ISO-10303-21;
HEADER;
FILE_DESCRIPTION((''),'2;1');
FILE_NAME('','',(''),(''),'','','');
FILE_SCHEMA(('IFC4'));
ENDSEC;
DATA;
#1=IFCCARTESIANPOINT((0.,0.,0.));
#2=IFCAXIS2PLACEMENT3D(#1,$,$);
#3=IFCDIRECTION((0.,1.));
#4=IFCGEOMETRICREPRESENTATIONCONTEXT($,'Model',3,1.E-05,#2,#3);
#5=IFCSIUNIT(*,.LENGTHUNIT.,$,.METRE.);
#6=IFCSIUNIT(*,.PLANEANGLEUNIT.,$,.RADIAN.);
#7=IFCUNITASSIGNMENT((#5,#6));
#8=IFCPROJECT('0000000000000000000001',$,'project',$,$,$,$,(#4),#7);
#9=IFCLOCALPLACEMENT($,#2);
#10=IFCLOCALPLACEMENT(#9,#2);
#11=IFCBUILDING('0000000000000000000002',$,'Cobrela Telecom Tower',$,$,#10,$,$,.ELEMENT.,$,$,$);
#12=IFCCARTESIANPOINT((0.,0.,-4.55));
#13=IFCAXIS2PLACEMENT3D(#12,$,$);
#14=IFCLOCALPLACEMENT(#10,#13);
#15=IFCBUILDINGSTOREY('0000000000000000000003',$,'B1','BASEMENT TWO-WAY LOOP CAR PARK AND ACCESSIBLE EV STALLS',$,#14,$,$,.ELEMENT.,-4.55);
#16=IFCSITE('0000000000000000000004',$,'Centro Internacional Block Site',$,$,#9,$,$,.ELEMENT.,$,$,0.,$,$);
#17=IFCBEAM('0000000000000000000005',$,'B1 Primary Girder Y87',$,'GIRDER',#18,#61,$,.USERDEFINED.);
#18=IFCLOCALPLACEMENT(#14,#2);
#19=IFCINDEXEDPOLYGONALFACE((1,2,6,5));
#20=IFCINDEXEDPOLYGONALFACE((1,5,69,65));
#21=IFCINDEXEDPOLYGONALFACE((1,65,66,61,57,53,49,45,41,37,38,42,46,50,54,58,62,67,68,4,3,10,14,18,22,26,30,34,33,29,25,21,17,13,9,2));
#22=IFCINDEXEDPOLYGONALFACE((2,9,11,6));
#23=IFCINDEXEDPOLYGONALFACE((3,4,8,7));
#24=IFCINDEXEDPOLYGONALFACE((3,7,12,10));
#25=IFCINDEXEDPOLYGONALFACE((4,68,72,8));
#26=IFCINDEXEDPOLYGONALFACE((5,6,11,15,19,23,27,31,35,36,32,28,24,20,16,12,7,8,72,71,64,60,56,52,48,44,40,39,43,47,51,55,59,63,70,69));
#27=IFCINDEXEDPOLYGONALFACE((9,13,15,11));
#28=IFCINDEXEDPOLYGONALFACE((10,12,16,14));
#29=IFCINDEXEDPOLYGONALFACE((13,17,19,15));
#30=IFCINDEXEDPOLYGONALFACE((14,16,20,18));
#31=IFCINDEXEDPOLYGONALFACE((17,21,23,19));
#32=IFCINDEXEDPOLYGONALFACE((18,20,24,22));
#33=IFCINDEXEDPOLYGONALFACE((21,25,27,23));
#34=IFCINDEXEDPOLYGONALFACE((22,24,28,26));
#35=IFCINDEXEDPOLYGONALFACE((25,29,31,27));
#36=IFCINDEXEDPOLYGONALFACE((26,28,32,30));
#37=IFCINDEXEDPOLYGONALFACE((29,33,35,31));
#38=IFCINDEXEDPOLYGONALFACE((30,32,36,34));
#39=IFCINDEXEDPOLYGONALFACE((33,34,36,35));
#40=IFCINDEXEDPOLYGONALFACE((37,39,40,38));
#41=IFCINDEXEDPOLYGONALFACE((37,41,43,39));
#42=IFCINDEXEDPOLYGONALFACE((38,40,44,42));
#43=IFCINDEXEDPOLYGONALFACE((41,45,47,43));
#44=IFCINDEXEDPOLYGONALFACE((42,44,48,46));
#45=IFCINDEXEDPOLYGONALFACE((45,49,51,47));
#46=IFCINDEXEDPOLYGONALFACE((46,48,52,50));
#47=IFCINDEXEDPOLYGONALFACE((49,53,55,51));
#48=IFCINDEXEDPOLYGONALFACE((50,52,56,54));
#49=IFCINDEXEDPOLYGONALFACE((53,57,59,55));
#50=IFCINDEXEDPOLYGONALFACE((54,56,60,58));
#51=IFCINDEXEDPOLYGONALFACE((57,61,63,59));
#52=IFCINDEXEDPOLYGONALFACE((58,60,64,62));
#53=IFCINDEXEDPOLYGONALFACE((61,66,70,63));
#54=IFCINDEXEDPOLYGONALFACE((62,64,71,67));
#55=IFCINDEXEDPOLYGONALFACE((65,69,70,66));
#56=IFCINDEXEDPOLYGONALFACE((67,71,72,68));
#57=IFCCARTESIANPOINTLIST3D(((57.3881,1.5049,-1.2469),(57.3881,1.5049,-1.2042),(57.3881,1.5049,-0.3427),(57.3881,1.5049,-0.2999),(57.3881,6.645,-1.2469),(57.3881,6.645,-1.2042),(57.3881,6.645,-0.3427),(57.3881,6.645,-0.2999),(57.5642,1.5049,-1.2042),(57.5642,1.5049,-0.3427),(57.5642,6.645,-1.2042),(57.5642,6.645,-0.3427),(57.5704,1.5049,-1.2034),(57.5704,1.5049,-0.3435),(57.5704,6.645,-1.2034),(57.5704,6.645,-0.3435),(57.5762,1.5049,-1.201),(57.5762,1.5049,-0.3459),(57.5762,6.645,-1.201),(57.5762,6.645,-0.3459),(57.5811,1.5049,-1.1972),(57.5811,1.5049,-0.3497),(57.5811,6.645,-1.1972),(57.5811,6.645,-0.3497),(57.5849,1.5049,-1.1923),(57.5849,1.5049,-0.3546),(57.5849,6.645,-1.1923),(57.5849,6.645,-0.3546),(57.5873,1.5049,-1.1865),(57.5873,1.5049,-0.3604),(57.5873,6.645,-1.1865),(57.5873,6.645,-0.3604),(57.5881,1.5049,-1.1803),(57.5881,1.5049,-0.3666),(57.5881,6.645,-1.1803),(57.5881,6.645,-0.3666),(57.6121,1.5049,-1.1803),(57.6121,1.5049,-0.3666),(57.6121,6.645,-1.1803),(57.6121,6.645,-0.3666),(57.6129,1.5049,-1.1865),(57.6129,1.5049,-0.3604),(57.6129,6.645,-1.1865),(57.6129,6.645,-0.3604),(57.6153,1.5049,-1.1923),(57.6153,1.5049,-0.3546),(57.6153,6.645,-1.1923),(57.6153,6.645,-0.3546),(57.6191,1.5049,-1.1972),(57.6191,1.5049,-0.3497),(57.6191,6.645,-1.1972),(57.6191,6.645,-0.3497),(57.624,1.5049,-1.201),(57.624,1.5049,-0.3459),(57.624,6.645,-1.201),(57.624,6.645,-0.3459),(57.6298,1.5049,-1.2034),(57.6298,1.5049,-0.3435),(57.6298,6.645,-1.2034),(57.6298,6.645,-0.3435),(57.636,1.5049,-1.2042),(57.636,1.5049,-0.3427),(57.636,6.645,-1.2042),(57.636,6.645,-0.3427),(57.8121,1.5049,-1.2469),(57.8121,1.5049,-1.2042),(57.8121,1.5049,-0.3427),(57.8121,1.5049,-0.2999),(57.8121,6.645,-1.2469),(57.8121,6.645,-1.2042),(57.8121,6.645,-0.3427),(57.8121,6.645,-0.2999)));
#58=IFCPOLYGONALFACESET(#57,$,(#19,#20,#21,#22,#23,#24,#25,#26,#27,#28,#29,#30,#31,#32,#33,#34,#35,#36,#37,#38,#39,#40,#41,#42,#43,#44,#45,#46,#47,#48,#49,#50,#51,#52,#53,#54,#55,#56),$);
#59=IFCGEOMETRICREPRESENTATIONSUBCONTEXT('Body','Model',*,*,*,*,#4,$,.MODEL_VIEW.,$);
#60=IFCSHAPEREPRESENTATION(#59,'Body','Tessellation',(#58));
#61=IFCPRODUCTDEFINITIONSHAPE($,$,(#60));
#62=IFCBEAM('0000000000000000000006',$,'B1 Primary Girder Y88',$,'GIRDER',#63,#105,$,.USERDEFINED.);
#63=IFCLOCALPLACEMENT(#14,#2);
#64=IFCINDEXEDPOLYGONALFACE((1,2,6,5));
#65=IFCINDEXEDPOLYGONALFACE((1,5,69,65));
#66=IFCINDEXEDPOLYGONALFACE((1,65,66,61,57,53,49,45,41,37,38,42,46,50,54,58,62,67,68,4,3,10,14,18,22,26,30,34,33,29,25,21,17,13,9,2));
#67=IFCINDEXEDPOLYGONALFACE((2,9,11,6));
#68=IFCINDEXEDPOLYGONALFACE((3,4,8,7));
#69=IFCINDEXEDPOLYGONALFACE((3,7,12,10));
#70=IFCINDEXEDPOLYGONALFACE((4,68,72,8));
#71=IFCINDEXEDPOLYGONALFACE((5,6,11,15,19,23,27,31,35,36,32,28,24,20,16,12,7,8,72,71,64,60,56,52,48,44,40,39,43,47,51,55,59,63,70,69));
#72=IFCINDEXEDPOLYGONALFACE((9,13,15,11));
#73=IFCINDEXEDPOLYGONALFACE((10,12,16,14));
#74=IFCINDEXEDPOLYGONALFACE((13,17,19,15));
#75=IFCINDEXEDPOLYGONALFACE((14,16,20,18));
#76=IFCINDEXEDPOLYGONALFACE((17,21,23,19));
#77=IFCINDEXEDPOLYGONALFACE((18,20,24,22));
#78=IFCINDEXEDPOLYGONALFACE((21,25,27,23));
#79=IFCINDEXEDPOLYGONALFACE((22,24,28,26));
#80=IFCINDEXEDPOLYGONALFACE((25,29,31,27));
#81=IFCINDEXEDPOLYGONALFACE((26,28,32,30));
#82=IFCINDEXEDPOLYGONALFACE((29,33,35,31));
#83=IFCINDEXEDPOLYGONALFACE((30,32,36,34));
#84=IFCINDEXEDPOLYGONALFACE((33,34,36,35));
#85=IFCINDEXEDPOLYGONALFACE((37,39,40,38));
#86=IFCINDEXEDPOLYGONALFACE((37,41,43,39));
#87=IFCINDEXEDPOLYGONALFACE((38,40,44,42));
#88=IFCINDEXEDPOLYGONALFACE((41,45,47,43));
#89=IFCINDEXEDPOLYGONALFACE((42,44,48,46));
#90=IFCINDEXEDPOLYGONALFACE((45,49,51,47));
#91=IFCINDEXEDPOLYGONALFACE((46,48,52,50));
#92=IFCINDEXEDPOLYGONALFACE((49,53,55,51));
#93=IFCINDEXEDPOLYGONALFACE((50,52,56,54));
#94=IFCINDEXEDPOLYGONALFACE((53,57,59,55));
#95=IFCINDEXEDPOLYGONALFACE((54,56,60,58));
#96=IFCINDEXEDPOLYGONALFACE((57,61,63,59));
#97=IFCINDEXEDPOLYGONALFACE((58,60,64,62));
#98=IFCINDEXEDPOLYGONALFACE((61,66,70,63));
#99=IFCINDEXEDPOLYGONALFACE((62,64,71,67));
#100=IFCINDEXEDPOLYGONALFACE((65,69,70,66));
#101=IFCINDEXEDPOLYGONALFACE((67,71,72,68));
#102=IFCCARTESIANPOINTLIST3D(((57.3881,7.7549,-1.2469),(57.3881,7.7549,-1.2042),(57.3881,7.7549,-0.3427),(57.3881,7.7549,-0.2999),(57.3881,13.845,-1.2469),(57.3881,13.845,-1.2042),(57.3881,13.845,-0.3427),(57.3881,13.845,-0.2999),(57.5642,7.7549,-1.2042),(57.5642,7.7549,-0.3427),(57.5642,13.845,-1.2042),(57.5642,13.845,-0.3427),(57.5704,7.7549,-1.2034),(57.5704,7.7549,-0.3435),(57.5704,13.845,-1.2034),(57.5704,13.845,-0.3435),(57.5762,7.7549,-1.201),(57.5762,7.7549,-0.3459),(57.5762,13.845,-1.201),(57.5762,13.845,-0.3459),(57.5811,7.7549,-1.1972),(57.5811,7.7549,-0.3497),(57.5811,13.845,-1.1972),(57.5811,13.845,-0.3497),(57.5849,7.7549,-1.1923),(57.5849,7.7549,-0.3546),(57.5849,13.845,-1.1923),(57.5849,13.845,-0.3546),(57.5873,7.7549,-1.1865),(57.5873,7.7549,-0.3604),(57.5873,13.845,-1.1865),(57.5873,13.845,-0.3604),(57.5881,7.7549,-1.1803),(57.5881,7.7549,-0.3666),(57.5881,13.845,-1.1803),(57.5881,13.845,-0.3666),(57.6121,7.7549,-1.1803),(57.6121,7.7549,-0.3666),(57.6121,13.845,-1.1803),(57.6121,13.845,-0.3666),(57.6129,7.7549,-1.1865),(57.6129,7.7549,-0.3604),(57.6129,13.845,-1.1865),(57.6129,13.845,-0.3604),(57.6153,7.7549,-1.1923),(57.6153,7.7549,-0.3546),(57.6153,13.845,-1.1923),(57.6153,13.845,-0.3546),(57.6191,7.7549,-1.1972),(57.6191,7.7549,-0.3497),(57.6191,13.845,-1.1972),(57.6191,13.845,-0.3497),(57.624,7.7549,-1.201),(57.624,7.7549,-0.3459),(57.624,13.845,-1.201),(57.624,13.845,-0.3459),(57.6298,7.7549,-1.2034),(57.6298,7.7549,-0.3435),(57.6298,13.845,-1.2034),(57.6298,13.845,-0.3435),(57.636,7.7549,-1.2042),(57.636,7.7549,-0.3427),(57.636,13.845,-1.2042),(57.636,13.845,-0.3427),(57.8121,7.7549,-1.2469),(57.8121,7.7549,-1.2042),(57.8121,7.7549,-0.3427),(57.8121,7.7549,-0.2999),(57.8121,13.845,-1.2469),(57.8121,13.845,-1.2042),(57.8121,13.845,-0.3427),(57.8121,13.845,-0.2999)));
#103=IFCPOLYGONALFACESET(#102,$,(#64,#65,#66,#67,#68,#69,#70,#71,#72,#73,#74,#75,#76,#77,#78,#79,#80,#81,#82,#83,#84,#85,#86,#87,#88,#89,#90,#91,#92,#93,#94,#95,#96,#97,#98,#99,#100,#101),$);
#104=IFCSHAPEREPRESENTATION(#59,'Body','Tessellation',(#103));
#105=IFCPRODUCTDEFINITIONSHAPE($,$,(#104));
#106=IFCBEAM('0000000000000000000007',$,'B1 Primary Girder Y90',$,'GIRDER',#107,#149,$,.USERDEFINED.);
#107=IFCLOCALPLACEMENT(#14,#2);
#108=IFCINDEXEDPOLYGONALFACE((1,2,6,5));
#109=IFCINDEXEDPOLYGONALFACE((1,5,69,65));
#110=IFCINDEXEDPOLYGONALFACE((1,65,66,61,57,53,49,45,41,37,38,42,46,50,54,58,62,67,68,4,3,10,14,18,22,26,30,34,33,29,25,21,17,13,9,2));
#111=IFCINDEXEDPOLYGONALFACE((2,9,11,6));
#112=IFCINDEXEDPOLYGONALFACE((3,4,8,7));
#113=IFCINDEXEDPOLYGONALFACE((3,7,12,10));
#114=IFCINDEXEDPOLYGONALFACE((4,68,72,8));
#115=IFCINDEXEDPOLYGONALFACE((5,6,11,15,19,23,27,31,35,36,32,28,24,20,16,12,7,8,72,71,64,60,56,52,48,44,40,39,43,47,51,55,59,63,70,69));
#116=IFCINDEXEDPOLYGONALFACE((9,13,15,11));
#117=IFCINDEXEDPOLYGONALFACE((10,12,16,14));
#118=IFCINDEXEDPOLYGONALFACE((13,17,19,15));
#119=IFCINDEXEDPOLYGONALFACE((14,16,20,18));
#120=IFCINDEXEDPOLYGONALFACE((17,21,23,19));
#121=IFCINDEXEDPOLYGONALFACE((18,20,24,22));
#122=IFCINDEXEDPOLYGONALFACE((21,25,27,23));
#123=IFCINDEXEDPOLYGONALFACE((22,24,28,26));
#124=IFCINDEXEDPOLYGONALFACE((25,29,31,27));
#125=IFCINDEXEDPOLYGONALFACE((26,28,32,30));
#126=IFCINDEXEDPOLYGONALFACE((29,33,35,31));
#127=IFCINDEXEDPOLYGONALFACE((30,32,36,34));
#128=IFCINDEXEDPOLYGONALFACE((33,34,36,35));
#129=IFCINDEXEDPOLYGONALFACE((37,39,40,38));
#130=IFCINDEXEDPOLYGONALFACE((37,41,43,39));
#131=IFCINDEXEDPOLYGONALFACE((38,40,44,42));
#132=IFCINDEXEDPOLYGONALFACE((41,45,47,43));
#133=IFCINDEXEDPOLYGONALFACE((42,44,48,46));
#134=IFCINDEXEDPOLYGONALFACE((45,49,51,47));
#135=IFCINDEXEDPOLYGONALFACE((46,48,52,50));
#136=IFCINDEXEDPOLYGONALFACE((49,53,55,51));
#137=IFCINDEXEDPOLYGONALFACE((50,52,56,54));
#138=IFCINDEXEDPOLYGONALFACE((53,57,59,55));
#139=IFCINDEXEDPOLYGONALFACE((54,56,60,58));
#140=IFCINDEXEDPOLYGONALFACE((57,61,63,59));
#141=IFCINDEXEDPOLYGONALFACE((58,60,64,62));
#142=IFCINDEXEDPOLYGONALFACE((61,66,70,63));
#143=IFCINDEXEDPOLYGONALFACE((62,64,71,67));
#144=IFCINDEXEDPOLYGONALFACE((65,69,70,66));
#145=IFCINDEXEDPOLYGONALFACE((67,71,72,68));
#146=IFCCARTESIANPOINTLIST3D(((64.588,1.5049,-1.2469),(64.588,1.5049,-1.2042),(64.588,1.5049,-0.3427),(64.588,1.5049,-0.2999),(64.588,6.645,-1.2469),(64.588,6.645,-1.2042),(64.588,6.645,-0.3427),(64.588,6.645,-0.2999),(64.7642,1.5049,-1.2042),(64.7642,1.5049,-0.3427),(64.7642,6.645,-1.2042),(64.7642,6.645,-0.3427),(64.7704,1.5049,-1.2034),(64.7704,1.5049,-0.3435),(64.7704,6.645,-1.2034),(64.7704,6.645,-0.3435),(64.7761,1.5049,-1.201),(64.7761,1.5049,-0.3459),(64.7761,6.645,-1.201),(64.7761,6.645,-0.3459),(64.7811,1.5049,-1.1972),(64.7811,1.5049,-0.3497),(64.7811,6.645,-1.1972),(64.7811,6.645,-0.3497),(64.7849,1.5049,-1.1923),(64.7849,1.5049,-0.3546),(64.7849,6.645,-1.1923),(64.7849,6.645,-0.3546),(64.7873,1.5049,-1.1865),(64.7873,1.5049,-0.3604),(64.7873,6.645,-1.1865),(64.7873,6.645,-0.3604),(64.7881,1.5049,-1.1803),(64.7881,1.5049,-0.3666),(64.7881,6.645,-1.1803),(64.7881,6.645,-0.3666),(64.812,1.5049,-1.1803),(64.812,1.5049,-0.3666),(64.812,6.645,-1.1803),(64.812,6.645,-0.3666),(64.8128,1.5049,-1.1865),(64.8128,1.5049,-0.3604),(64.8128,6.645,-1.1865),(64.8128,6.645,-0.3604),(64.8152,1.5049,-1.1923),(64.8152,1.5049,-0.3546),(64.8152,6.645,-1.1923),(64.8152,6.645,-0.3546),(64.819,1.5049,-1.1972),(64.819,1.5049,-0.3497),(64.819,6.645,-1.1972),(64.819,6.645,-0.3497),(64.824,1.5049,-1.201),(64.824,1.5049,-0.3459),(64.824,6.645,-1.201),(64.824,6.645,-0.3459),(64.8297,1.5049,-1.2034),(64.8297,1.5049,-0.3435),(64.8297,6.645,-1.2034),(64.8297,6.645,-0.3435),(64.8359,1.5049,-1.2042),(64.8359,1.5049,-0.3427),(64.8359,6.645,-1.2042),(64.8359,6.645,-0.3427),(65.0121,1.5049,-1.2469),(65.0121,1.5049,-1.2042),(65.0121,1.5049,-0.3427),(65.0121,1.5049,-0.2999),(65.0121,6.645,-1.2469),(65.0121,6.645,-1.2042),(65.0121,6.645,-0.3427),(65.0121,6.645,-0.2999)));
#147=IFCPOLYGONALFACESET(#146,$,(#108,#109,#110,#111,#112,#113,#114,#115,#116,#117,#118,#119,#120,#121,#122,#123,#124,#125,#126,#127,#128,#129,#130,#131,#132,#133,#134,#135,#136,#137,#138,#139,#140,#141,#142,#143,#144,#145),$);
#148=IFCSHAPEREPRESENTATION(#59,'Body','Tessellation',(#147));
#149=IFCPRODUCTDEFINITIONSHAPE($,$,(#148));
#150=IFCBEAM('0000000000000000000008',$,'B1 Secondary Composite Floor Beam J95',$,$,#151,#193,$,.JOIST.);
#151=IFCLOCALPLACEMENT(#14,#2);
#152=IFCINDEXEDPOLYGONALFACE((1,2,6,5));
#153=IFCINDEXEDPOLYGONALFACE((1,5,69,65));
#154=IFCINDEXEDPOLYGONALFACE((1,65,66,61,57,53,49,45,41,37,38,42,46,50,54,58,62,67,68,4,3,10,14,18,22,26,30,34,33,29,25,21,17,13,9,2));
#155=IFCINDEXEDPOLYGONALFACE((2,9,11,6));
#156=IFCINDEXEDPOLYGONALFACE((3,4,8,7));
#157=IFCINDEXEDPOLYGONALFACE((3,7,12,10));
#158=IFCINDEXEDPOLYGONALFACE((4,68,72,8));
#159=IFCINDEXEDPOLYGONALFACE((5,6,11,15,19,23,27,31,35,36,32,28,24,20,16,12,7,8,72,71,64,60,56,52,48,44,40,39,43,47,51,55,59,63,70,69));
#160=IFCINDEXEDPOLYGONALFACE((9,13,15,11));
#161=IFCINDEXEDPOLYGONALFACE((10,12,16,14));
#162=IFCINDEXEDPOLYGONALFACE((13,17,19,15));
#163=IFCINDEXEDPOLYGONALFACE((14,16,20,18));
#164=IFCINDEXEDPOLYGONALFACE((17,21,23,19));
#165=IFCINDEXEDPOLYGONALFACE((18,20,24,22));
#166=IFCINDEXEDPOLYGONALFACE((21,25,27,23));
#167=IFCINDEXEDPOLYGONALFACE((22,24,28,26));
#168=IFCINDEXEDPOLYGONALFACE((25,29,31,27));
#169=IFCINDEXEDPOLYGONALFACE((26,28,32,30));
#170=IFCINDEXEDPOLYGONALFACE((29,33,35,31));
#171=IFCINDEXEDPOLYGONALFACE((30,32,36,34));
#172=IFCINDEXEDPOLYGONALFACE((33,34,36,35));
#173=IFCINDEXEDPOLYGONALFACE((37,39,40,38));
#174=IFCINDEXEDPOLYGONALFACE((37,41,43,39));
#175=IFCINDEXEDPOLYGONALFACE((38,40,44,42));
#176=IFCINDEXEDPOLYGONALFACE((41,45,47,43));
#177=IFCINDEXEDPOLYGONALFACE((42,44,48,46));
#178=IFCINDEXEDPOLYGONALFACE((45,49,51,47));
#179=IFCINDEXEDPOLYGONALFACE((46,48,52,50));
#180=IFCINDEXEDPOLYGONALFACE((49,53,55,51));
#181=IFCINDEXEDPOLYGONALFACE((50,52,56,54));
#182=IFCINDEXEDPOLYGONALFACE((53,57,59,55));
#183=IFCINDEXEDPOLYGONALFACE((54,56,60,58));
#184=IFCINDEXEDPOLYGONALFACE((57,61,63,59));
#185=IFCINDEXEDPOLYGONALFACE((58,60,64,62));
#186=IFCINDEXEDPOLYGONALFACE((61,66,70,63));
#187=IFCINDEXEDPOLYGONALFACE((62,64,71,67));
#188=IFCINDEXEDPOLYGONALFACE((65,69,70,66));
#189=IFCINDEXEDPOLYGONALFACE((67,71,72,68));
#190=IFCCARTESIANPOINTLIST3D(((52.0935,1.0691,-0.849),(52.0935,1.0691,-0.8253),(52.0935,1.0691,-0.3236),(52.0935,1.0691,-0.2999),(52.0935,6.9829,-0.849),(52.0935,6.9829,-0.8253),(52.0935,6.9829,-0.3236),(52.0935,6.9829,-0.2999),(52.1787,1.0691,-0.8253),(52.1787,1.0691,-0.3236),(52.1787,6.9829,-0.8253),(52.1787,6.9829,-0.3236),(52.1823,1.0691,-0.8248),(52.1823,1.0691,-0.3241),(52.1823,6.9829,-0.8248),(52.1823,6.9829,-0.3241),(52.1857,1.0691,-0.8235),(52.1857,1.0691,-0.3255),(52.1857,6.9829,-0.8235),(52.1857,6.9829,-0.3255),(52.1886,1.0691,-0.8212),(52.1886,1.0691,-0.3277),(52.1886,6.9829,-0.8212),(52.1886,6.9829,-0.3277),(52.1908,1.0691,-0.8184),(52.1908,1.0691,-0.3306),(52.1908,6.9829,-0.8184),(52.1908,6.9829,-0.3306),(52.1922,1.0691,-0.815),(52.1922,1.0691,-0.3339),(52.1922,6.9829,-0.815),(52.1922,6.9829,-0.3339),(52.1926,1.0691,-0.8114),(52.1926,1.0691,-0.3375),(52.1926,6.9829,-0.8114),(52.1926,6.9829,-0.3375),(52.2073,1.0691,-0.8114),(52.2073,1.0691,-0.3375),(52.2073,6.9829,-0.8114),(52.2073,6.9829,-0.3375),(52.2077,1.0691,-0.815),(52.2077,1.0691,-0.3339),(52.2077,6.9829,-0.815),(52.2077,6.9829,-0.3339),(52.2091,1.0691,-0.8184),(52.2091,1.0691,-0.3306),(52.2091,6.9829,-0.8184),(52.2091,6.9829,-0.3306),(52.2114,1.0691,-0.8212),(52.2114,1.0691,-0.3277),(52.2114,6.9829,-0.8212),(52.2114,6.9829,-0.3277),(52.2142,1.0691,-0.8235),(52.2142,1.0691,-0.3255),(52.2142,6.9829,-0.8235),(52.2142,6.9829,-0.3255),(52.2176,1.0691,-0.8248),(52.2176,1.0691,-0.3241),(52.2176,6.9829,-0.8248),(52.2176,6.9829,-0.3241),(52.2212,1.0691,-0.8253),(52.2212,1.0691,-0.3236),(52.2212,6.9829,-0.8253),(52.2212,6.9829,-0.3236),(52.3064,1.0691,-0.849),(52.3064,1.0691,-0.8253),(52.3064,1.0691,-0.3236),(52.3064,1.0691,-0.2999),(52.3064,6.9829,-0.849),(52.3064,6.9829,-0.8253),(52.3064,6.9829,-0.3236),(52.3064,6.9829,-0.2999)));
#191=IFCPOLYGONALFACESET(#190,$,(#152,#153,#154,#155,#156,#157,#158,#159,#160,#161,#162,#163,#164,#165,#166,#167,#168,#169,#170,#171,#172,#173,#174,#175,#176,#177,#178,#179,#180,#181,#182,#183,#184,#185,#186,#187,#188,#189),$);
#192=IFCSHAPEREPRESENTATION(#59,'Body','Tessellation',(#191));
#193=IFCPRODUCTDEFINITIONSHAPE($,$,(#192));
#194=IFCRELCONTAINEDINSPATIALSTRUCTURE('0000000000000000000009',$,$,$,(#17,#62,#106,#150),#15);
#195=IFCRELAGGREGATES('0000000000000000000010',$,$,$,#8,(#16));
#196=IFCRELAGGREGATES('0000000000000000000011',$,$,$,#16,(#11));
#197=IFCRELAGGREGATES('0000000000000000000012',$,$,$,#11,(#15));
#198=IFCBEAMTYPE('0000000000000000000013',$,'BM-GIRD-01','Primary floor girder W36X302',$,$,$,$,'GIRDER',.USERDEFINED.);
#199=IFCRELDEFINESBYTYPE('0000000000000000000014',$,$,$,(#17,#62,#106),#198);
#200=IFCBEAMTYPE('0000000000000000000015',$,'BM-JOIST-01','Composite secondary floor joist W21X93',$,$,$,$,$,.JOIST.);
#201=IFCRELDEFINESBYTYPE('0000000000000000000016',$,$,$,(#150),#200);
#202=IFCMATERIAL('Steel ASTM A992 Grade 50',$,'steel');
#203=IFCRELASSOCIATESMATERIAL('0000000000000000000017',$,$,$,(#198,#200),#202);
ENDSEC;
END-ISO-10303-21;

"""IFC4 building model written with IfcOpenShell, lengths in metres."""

from ifc_helpers import new_model, si_unit, direction, frame, origin, origin_2d, place, context, subcontext, project, spatial, i_section, extrude, material, material_profile, profile_set, type_object, element, save


model = new_model("IFC4")

# Units and contexts
model_context = context("Model", 3, precision=1e-05, world=origin(), true_north=direction((0.0, 1.0)))
body_context = subcontext(model_context, "Body", "Model", "MODEL_VIEW")
ifc_project = project(units=[si_unit("LENGTHUNIT", "METRE"), si_unit("PLANEANGLEUNIT", "RADIAN")], contexts=[model_context])

# Site, building, storey
site_placement = place(None, origin())
site = spatial("IfcSite", under=ifc_project, at=site_placement, Name="Centro Internacional Block Site", CompositionType="ELEMENT", RefElevation=0.0)
building_placement = place(site_placement, origin())
building = spatial("IfcBuilding", under=site, at=building_placement, Name="Cobrela Telecom Tower", CompositionType="ELEMENT")
storey_placement = place(building_placement, frame((0.0, 0.0, -4.55)))
storey = spatial("IfcBuildingStorey", under=building, at=storey_placement, Name="B1", Description="BASEMENT TWO-WAY LOOP CAR PARK AND ACCESSIBLE EV STALLS", CompositionType="ELEMENT", Elevation=-4.55)

# Beams
ifc_material_1 = material(Name="Steel ASTM A992 Grade 50", Category="steel")
ifc_material_profile_1 = material_profile(ifc_material_1, i_section(OverallWidth=0.4241, OverallDepth=0.947, WebThickness=0.0239, FlangeThickness=0.0427, FilletRadius=0.0239, at=origin_2d()), Name="W36X302")
ifc_profile_set_1 = profile_set([ifc_material_profile_1], Name="Steel ASTM A992 Grade 50")
beam_type_1 = type_object("IfcBeamType", Name="BM-GIRD-01", Description="Primary floor girder W36X302", ElementType="GIRDER", PredefinedType="USERDEFINED", material=ifc_profile_set_1)
beam_1_placement = place(storey_placement, frame((57.6001, 1.5049, -0.7734), z_axis=(0.0, 1.0, 0.0), x_axis=(-1.0, 0.0, 0.0)))
element("IfcBeam", 1, at=beam_1_placement, inside=storey, type_object=beam_type_1, Name="B1 Primary Girder Y87", ObjectType="GIRDER", PredefinedType="USERDEFINED", context=body_context, shape_type="SweptSolid", body=[
    extrude(i_section(OverallWidth=0.4241, OverallDepth=0.947, WebThickness=0.0239, FlangeThickness=0.0427, FilletRadius=0.0239, at=origin_2d()), origin(), (0.0, 0.0, 1.0), 5.1401),
])
beam_2_placement = place(storey_placement, frame((57.6001, 7.7549, -0.7734), z_axis=(0.0, 1.0, 0.0), x_axis=(-1.0, 0.0, 0.0)))
element("IfcBeam", 2, at=beam_2_placement, inside=storey, type_object=beam_type_1, Name="B1 Primary Girder Y88", ObjectType="GIRDER", PredefinedType="USERDEFINED", context=body_context, shape_type="SweptSolid", body=[
    extrude(i_section(OverallWidth=0.4241, OverallDepth=0.947, WebThickness=0.0239, FlangeThickness=0.0427, FilletRadius=0.0239, at=origin_2d()), origin(), (0.0, 0.0, 1.0), 6.0901),
])
beam_3_placement = place(storey_placement, frame((64.8, 1.5049, -0.7734), z_axis=(0.0, 1.0, 0.0), x_axis=(-1.0, 0.0, 0.0)))
element("IfcBeam", 3, at=beam_3_placement, inside=storey, type_object=beam_type_1, Name="B1 Primary Girder Y90", ObjectType="GIRDER", PredefinedType="USERDEFINED", context=body_context, shape_type="SweptSolid", body=[
    extrude(i_section(OverallWidth=0.4241, OverallDepth=0.947, WebThickness=0.0239, FlangeThickness=0.0427, FilletRadius=0.0239, at=origin_2d()), origin(), (0.0, 0.0, 1.0), 5.1401),
])
ifc_material_profile_2 = material_profile(ifc_material_1, i_section(OverallWidth=0.2129, OverallDepth=0.5491, WebThickness=0.0146, FlangeThickness=0.0237, FilletRadius=0.0139, at=origin_2d()), Name="W21X93")
ifc_profile_set_2 = profile_set([ifc_material_profile_2], Name="Steel ASTM A992 Grade 50")
beam_type_2 = type_object("IfcBeamType", Name="BM-JOIST-01", Description="Composite secondary floor joist W21X93", PredefinedType="JOIST", material=ifc_profile_set_2)
beam_4_placement = place(storey_placement, frame((52.2, 1.0691, -0.5745), z_axis=(0.0, 1.0, 0.0), x_axis=(-1.0, 0.0, 0.0)))
element("IfcBeam", 4, at=beam_4_placement, inside=storey, type_object=beam_type_2, Name="B1 Secondary Composite Floor Beam J95", PredefinedType="JOIST", context=body_context, shape_type="SweptSolid", body=[
    extrude(i_section(OverallWidth=0.2129, OverallDepth=0.5491, WebThickness=0.0146, FlangeThickness=0.0237, FilletRadius=0.0139, at=origin_2d()), origin(), (0.0, 0.0, 1.0), 5.9138),
])

save(model, "model.ifc")
